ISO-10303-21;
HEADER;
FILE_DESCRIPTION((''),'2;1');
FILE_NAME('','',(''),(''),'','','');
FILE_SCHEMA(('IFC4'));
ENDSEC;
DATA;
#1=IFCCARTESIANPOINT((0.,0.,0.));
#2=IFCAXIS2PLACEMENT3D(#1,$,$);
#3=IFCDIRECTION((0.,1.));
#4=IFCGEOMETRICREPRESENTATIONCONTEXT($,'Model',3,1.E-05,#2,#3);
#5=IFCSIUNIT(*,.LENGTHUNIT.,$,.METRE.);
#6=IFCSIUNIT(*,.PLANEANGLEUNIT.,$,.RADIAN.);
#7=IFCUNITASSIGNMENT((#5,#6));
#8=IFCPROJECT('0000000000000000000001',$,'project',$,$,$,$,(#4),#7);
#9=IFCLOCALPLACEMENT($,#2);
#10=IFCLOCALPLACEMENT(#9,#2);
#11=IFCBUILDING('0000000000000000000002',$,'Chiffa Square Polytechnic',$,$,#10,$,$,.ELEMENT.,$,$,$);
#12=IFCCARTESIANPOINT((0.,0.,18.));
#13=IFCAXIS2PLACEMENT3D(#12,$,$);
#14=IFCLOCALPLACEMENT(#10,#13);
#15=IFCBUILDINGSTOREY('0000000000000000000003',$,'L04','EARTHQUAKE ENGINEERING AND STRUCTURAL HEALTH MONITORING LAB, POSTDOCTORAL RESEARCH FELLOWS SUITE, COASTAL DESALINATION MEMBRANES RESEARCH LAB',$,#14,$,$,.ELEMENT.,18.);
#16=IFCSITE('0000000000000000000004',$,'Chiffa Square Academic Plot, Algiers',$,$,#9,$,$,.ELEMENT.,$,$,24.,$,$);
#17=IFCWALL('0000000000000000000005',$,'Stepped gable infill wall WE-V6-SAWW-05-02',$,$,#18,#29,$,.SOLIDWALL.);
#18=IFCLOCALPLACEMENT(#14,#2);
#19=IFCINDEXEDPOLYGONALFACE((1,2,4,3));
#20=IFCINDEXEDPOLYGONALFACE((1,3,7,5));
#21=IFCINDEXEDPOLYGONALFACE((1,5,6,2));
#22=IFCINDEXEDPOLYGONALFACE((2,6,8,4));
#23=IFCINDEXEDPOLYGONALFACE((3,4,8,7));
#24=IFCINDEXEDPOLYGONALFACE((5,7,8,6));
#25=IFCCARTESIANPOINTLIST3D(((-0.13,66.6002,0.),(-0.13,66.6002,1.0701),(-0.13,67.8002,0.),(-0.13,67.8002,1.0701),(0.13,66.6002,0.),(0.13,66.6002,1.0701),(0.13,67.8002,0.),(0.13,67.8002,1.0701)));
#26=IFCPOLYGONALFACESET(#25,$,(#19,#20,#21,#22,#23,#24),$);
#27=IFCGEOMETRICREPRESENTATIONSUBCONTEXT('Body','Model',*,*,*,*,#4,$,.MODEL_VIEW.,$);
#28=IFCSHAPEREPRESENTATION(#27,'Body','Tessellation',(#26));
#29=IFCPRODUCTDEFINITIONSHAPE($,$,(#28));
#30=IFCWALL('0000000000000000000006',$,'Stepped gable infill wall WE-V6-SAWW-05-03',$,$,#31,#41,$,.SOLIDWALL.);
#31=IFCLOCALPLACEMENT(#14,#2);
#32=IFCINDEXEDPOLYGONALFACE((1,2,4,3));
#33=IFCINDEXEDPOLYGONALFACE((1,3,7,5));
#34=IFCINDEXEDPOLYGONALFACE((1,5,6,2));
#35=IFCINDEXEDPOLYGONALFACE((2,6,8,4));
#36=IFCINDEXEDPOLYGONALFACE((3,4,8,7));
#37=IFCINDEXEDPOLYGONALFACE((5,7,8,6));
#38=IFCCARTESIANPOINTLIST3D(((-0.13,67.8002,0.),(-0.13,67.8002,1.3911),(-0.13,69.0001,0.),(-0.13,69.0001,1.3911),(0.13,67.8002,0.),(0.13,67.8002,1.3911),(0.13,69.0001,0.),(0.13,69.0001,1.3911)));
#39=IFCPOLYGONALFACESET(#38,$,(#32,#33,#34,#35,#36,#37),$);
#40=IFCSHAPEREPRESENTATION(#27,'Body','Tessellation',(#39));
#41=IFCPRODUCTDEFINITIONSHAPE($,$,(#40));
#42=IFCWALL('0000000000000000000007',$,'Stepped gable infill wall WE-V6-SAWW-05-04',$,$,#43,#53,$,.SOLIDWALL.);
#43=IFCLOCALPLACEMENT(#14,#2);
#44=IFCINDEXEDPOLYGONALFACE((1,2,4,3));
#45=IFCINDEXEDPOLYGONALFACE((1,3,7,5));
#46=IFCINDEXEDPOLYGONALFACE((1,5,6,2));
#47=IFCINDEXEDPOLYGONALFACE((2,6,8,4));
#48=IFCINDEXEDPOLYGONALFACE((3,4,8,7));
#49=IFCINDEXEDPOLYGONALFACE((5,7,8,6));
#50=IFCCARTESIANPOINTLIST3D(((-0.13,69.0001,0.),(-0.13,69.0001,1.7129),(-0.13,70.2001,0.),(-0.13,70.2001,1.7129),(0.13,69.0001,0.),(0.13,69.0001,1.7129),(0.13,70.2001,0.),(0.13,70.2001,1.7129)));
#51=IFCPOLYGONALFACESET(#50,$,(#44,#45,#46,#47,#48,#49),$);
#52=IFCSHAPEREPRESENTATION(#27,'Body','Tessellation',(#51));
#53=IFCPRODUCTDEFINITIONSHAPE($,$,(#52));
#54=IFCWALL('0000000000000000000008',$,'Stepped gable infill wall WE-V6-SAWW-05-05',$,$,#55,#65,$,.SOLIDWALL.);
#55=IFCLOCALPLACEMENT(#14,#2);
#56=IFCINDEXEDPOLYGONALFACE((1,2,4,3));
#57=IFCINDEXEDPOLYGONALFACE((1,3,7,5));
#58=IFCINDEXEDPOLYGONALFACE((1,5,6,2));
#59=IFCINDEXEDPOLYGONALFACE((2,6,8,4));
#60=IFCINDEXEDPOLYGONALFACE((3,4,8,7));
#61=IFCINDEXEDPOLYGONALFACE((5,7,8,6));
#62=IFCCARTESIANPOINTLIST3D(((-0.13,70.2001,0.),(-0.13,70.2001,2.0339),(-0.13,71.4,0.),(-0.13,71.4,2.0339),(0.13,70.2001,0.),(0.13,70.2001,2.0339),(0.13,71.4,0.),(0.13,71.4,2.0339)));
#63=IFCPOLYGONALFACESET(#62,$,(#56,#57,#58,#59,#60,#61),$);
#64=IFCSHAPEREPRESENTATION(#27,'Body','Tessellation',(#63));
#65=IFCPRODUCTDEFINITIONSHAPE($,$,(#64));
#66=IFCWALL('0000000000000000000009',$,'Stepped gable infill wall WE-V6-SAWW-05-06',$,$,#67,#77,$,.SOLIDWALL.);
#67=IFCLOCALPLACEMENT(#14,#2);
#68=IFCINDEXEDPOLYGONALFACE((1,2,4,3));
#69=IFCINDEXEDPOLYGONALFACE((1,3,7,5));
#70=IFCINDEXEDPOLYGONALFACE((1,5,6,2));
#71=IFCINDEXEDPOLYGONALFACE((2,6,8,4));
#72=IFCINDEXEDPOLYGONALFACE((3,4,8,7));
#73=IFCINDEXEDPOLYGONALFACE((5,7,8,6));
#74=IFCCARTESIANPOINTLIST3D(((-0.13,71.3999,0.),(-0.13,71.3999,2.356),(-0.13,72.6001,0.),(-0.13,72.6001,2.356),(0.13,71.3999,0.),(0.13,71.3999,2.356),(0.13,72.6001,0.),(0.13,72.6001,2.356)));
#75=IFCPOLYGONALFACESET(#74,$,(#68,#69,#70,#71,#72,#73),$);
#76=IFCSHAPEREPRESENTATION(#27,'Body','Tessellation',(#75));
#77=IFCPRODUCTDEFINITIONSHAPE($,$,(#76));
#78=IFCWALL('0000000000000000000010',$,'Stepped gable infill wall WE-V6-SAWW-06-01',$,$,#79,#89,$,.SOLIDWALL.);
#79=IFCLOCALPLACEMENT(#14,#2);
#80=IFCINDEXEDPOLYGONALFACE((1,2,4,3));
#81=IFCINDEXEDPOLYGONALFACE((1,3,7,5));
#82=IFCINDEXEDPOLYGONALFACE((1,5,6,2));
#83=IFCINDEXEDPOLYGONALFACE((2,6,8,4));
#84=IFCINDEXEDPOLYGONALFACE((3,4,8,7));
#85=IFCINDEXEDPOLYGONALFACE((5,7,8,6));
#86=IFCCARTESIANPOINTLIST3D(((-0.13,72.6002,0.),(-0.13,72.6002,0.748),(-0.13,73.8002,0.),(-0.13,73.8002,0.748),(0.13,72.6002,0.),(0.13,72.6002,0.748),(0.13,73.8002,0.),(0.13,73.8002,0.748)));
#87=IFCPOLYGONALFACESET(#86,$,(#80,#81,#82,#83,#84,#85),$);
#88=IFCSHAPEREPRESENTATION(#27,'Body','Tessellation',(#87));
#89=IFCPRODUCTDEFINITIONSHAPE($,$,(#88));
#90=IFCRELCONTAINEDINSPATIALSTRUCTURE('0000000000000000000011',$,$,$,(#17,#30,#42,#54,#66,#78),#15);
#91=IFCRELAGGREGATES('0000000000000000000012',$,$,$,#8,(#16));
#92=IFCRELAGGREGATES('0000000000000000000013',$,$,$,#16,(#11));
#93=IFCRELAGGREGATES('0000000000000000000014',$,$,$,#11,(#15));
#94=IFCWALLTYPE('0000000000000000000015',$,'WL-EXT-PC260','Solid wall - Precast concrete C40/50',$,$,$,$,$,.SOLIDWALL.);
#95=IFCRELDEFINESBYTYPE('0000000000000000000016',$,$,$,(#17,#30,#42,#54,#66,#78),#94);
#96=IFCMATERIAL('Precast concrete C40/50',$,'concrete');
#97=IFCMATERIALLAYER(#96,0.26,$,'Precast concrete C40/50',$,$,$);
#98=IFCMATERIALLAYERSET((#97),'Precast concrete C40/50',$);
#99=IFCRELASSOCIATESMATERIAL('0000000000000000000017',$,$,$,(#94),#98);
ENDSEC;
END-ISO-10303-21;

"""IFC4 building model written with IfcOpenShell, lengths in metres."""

from ifc_helpers import new_model, si_unit, direction, frame, frame_2d, origin, place, context, subcontext, project, spatial, rectangle, extrude, material, layer, layer_set, type_object, element, save


model = new_model("IFC4")

# Units and contexts
model_context = context("Model", 3, precision=1e-05, world=origin(), true_north=direction((0.0, 1.0)))
body_context = subcontext(model_context, "Body", "Model", "MODEL_VIEW")
ifc_project = project(units=[si_unit("LENGTHUNIT", "METRE"), si_unit("PLANEANGLEUNIT", "RADIAN")], contexts=[model_context])

# Site, building, storey
site_placement = place(None, origin())
site = spatial("IfcSite", under=ifc_project, at=site_placement, Name="Chiffa Square Academic Plot, Algiers", CompositionType="ELEMENT", RefElevation=24.0)
building_placement = place(site_placement, origin())
building = spatial("IfcBuilding", under=site, at=building_placement, Name="Chiffa Square Polytechnic", CompositionType="ELEMENT")
storey_placement = place(building_placement, frame((0.0, 0.0, 18.0)))
storey = spatial("IfcBuildingStorey", under=building, at=storey_placement, Name="L04", Description="EARTHQUAKE ENGINEERING AND STRUCTURAL HEALTH MONITORING LAB, POSTDOCTORAL RESEARCH FELLOWS SUITE, COASTAL DESALINATION MEMBRANES RESEARCH LAB", CompositionType="ELEMENT", Elevation=18.0)

# Walls
ifc_material_1 = material(Name="Precast concrete C40/50", Category="concrete")
ifc_layer_1 = layer(ifc_material_1, 0.26, Name="Precast concrete C40/50")
ifc_layer_set_1 = layer_set([ifc_layer_1], Name="Precast concrete C40/50")
wall_type = type_object("IfcWallType", Name="WL-EXT-PC260", Description="Solid wall - Precast concrete C40/50", PredefinedType="SOLIDWALL", material=ifc_layer_set_1)
wall_1_placement = place(storey_placement, frame((0.0, 66.6001, 0.0), z_axis=(0.0, 0.0, 1.0), x_axis=(0.0, 1.0, 0.0)))
element("IfcWall", 1, at=wall_1_placement, inside=storey, type_object=wall_type, Name="Stepped gable infill wall WE-V6-SAWW-05-02", PredefinedType="SOLIDWALL", context=body_context, shape_type="SweptSolid", body=[
    extrude(rectangle(XDim=1.2, YDim=0.26, at=frame_2d((0.6001, 0.0))), origin(), (0.0, 0.0, 1.0), 1.0701),
])
wall_2_placement = place(storey_placement, frame((0.0, 67.8, 0.0), z_axis=(0.0, 0.0, 1.0), x_axis=(0.0, 1.0, 0.0)))
element("IfcWall", 2, at=wall_2_placement, inside=storey, type_object=wall_type, Name="Stepped gable infill wall WE-V6-SAWW-05-03", PredefinedType="SOLIDWALL", context=body_context, shape_type="SweptSolid", body=[
    extrude(rectangle(XDim=1.2, YDim=0.26, at=frame_2d((0.6001, 0.0))), origin(), (0.0, 0.0, 1.0), 1.3911),
])
wall_3_placement = place(storey_placement, frame((0.0, 69.0, 0.0), z_axis=(0.0, 0.0, 1.0), x_axis=(0.0, 1.0, 0.0)))
element("IfcWall", 3, at=wall_3_placement, inside=storey, type_object=wall_type, Name="Stepped gable infill wall WE-V6-SAWW-05-04", PredefinedType="SOLIDWALL", context=body_context, shape_type="SweptSolid", body=[
    extrude(rectangle(XDim=1.2, YDim=0.26, at=frame_2d((0.6001, 0.0))), origin(), (0.0, 0.0, 1.0), 1.7129),
])
wall_4_placement = place(storey_placement, frame((0.0, 70.2, 0.0), z_axis=(0.0, 0.0, 1.0), x_axis=(0.0, 1.0, 0.0)))
element("IfcWall", 4, at=wall_4_placement, inside=storey, type_object=wall_type, Name="Stepped gable infill wall WE-V6-SAWW-05-05", PredefinedType="SOLIDWALL", context=body_context, shape_type="SweptSolid", body=[
    extrude(rectangle(XDim=1.2, YDim=0.26, at=frame_2d((0.6001, 0.0))), origin(), (0.0, 0.0, 1.0), 2.0339),
])
wall_5_placement = place(storey_placement, frame((0.0, 71.3999, 0.0), z_axis=(0.0, 0.0, 1.0), x_axis=(0.0, 1.0, 0.0)))
element("IfcWall", 5, at=wall_5_placement, inside=storey, type_object=wall_type, Name="Stepped gable infill wall WE-V6-SAWW-05-06", PredefinedType="SOLIDWALL", context=body_context, shape_type="SweptSolid", body=[
    extrude(rectangle(XDim=1.2002, YDim=0.26, at=frame_2d((0.6001, 0.0))), origin(), (0.0, 0.0, 1.0), 2.356),
])
wall_6_placement = place(storey_placement, frame((0.0, 72.6001, 0.0), z_axis=(0.0, 0.0, 1.0), x_axis=(0.0, 1.0, 0.0)))
element("IfcWall", 6, at=wall_6_placement, inside=storey, type_object=wall_type, Name="Stepped gable infill wall WE-V6-SAWW-06-01", PredefinedType="SOLIDWALL", context=body_context, shape_type="SweptSolid", body=[
    extrude(rectangle(XDim=1.2, YDim=0.26, at=frame_2d((0.6001, 0.0))), origin(), (0.0, 0.0, 1.0), 0.748),
])

save(model, "model.ifc")
